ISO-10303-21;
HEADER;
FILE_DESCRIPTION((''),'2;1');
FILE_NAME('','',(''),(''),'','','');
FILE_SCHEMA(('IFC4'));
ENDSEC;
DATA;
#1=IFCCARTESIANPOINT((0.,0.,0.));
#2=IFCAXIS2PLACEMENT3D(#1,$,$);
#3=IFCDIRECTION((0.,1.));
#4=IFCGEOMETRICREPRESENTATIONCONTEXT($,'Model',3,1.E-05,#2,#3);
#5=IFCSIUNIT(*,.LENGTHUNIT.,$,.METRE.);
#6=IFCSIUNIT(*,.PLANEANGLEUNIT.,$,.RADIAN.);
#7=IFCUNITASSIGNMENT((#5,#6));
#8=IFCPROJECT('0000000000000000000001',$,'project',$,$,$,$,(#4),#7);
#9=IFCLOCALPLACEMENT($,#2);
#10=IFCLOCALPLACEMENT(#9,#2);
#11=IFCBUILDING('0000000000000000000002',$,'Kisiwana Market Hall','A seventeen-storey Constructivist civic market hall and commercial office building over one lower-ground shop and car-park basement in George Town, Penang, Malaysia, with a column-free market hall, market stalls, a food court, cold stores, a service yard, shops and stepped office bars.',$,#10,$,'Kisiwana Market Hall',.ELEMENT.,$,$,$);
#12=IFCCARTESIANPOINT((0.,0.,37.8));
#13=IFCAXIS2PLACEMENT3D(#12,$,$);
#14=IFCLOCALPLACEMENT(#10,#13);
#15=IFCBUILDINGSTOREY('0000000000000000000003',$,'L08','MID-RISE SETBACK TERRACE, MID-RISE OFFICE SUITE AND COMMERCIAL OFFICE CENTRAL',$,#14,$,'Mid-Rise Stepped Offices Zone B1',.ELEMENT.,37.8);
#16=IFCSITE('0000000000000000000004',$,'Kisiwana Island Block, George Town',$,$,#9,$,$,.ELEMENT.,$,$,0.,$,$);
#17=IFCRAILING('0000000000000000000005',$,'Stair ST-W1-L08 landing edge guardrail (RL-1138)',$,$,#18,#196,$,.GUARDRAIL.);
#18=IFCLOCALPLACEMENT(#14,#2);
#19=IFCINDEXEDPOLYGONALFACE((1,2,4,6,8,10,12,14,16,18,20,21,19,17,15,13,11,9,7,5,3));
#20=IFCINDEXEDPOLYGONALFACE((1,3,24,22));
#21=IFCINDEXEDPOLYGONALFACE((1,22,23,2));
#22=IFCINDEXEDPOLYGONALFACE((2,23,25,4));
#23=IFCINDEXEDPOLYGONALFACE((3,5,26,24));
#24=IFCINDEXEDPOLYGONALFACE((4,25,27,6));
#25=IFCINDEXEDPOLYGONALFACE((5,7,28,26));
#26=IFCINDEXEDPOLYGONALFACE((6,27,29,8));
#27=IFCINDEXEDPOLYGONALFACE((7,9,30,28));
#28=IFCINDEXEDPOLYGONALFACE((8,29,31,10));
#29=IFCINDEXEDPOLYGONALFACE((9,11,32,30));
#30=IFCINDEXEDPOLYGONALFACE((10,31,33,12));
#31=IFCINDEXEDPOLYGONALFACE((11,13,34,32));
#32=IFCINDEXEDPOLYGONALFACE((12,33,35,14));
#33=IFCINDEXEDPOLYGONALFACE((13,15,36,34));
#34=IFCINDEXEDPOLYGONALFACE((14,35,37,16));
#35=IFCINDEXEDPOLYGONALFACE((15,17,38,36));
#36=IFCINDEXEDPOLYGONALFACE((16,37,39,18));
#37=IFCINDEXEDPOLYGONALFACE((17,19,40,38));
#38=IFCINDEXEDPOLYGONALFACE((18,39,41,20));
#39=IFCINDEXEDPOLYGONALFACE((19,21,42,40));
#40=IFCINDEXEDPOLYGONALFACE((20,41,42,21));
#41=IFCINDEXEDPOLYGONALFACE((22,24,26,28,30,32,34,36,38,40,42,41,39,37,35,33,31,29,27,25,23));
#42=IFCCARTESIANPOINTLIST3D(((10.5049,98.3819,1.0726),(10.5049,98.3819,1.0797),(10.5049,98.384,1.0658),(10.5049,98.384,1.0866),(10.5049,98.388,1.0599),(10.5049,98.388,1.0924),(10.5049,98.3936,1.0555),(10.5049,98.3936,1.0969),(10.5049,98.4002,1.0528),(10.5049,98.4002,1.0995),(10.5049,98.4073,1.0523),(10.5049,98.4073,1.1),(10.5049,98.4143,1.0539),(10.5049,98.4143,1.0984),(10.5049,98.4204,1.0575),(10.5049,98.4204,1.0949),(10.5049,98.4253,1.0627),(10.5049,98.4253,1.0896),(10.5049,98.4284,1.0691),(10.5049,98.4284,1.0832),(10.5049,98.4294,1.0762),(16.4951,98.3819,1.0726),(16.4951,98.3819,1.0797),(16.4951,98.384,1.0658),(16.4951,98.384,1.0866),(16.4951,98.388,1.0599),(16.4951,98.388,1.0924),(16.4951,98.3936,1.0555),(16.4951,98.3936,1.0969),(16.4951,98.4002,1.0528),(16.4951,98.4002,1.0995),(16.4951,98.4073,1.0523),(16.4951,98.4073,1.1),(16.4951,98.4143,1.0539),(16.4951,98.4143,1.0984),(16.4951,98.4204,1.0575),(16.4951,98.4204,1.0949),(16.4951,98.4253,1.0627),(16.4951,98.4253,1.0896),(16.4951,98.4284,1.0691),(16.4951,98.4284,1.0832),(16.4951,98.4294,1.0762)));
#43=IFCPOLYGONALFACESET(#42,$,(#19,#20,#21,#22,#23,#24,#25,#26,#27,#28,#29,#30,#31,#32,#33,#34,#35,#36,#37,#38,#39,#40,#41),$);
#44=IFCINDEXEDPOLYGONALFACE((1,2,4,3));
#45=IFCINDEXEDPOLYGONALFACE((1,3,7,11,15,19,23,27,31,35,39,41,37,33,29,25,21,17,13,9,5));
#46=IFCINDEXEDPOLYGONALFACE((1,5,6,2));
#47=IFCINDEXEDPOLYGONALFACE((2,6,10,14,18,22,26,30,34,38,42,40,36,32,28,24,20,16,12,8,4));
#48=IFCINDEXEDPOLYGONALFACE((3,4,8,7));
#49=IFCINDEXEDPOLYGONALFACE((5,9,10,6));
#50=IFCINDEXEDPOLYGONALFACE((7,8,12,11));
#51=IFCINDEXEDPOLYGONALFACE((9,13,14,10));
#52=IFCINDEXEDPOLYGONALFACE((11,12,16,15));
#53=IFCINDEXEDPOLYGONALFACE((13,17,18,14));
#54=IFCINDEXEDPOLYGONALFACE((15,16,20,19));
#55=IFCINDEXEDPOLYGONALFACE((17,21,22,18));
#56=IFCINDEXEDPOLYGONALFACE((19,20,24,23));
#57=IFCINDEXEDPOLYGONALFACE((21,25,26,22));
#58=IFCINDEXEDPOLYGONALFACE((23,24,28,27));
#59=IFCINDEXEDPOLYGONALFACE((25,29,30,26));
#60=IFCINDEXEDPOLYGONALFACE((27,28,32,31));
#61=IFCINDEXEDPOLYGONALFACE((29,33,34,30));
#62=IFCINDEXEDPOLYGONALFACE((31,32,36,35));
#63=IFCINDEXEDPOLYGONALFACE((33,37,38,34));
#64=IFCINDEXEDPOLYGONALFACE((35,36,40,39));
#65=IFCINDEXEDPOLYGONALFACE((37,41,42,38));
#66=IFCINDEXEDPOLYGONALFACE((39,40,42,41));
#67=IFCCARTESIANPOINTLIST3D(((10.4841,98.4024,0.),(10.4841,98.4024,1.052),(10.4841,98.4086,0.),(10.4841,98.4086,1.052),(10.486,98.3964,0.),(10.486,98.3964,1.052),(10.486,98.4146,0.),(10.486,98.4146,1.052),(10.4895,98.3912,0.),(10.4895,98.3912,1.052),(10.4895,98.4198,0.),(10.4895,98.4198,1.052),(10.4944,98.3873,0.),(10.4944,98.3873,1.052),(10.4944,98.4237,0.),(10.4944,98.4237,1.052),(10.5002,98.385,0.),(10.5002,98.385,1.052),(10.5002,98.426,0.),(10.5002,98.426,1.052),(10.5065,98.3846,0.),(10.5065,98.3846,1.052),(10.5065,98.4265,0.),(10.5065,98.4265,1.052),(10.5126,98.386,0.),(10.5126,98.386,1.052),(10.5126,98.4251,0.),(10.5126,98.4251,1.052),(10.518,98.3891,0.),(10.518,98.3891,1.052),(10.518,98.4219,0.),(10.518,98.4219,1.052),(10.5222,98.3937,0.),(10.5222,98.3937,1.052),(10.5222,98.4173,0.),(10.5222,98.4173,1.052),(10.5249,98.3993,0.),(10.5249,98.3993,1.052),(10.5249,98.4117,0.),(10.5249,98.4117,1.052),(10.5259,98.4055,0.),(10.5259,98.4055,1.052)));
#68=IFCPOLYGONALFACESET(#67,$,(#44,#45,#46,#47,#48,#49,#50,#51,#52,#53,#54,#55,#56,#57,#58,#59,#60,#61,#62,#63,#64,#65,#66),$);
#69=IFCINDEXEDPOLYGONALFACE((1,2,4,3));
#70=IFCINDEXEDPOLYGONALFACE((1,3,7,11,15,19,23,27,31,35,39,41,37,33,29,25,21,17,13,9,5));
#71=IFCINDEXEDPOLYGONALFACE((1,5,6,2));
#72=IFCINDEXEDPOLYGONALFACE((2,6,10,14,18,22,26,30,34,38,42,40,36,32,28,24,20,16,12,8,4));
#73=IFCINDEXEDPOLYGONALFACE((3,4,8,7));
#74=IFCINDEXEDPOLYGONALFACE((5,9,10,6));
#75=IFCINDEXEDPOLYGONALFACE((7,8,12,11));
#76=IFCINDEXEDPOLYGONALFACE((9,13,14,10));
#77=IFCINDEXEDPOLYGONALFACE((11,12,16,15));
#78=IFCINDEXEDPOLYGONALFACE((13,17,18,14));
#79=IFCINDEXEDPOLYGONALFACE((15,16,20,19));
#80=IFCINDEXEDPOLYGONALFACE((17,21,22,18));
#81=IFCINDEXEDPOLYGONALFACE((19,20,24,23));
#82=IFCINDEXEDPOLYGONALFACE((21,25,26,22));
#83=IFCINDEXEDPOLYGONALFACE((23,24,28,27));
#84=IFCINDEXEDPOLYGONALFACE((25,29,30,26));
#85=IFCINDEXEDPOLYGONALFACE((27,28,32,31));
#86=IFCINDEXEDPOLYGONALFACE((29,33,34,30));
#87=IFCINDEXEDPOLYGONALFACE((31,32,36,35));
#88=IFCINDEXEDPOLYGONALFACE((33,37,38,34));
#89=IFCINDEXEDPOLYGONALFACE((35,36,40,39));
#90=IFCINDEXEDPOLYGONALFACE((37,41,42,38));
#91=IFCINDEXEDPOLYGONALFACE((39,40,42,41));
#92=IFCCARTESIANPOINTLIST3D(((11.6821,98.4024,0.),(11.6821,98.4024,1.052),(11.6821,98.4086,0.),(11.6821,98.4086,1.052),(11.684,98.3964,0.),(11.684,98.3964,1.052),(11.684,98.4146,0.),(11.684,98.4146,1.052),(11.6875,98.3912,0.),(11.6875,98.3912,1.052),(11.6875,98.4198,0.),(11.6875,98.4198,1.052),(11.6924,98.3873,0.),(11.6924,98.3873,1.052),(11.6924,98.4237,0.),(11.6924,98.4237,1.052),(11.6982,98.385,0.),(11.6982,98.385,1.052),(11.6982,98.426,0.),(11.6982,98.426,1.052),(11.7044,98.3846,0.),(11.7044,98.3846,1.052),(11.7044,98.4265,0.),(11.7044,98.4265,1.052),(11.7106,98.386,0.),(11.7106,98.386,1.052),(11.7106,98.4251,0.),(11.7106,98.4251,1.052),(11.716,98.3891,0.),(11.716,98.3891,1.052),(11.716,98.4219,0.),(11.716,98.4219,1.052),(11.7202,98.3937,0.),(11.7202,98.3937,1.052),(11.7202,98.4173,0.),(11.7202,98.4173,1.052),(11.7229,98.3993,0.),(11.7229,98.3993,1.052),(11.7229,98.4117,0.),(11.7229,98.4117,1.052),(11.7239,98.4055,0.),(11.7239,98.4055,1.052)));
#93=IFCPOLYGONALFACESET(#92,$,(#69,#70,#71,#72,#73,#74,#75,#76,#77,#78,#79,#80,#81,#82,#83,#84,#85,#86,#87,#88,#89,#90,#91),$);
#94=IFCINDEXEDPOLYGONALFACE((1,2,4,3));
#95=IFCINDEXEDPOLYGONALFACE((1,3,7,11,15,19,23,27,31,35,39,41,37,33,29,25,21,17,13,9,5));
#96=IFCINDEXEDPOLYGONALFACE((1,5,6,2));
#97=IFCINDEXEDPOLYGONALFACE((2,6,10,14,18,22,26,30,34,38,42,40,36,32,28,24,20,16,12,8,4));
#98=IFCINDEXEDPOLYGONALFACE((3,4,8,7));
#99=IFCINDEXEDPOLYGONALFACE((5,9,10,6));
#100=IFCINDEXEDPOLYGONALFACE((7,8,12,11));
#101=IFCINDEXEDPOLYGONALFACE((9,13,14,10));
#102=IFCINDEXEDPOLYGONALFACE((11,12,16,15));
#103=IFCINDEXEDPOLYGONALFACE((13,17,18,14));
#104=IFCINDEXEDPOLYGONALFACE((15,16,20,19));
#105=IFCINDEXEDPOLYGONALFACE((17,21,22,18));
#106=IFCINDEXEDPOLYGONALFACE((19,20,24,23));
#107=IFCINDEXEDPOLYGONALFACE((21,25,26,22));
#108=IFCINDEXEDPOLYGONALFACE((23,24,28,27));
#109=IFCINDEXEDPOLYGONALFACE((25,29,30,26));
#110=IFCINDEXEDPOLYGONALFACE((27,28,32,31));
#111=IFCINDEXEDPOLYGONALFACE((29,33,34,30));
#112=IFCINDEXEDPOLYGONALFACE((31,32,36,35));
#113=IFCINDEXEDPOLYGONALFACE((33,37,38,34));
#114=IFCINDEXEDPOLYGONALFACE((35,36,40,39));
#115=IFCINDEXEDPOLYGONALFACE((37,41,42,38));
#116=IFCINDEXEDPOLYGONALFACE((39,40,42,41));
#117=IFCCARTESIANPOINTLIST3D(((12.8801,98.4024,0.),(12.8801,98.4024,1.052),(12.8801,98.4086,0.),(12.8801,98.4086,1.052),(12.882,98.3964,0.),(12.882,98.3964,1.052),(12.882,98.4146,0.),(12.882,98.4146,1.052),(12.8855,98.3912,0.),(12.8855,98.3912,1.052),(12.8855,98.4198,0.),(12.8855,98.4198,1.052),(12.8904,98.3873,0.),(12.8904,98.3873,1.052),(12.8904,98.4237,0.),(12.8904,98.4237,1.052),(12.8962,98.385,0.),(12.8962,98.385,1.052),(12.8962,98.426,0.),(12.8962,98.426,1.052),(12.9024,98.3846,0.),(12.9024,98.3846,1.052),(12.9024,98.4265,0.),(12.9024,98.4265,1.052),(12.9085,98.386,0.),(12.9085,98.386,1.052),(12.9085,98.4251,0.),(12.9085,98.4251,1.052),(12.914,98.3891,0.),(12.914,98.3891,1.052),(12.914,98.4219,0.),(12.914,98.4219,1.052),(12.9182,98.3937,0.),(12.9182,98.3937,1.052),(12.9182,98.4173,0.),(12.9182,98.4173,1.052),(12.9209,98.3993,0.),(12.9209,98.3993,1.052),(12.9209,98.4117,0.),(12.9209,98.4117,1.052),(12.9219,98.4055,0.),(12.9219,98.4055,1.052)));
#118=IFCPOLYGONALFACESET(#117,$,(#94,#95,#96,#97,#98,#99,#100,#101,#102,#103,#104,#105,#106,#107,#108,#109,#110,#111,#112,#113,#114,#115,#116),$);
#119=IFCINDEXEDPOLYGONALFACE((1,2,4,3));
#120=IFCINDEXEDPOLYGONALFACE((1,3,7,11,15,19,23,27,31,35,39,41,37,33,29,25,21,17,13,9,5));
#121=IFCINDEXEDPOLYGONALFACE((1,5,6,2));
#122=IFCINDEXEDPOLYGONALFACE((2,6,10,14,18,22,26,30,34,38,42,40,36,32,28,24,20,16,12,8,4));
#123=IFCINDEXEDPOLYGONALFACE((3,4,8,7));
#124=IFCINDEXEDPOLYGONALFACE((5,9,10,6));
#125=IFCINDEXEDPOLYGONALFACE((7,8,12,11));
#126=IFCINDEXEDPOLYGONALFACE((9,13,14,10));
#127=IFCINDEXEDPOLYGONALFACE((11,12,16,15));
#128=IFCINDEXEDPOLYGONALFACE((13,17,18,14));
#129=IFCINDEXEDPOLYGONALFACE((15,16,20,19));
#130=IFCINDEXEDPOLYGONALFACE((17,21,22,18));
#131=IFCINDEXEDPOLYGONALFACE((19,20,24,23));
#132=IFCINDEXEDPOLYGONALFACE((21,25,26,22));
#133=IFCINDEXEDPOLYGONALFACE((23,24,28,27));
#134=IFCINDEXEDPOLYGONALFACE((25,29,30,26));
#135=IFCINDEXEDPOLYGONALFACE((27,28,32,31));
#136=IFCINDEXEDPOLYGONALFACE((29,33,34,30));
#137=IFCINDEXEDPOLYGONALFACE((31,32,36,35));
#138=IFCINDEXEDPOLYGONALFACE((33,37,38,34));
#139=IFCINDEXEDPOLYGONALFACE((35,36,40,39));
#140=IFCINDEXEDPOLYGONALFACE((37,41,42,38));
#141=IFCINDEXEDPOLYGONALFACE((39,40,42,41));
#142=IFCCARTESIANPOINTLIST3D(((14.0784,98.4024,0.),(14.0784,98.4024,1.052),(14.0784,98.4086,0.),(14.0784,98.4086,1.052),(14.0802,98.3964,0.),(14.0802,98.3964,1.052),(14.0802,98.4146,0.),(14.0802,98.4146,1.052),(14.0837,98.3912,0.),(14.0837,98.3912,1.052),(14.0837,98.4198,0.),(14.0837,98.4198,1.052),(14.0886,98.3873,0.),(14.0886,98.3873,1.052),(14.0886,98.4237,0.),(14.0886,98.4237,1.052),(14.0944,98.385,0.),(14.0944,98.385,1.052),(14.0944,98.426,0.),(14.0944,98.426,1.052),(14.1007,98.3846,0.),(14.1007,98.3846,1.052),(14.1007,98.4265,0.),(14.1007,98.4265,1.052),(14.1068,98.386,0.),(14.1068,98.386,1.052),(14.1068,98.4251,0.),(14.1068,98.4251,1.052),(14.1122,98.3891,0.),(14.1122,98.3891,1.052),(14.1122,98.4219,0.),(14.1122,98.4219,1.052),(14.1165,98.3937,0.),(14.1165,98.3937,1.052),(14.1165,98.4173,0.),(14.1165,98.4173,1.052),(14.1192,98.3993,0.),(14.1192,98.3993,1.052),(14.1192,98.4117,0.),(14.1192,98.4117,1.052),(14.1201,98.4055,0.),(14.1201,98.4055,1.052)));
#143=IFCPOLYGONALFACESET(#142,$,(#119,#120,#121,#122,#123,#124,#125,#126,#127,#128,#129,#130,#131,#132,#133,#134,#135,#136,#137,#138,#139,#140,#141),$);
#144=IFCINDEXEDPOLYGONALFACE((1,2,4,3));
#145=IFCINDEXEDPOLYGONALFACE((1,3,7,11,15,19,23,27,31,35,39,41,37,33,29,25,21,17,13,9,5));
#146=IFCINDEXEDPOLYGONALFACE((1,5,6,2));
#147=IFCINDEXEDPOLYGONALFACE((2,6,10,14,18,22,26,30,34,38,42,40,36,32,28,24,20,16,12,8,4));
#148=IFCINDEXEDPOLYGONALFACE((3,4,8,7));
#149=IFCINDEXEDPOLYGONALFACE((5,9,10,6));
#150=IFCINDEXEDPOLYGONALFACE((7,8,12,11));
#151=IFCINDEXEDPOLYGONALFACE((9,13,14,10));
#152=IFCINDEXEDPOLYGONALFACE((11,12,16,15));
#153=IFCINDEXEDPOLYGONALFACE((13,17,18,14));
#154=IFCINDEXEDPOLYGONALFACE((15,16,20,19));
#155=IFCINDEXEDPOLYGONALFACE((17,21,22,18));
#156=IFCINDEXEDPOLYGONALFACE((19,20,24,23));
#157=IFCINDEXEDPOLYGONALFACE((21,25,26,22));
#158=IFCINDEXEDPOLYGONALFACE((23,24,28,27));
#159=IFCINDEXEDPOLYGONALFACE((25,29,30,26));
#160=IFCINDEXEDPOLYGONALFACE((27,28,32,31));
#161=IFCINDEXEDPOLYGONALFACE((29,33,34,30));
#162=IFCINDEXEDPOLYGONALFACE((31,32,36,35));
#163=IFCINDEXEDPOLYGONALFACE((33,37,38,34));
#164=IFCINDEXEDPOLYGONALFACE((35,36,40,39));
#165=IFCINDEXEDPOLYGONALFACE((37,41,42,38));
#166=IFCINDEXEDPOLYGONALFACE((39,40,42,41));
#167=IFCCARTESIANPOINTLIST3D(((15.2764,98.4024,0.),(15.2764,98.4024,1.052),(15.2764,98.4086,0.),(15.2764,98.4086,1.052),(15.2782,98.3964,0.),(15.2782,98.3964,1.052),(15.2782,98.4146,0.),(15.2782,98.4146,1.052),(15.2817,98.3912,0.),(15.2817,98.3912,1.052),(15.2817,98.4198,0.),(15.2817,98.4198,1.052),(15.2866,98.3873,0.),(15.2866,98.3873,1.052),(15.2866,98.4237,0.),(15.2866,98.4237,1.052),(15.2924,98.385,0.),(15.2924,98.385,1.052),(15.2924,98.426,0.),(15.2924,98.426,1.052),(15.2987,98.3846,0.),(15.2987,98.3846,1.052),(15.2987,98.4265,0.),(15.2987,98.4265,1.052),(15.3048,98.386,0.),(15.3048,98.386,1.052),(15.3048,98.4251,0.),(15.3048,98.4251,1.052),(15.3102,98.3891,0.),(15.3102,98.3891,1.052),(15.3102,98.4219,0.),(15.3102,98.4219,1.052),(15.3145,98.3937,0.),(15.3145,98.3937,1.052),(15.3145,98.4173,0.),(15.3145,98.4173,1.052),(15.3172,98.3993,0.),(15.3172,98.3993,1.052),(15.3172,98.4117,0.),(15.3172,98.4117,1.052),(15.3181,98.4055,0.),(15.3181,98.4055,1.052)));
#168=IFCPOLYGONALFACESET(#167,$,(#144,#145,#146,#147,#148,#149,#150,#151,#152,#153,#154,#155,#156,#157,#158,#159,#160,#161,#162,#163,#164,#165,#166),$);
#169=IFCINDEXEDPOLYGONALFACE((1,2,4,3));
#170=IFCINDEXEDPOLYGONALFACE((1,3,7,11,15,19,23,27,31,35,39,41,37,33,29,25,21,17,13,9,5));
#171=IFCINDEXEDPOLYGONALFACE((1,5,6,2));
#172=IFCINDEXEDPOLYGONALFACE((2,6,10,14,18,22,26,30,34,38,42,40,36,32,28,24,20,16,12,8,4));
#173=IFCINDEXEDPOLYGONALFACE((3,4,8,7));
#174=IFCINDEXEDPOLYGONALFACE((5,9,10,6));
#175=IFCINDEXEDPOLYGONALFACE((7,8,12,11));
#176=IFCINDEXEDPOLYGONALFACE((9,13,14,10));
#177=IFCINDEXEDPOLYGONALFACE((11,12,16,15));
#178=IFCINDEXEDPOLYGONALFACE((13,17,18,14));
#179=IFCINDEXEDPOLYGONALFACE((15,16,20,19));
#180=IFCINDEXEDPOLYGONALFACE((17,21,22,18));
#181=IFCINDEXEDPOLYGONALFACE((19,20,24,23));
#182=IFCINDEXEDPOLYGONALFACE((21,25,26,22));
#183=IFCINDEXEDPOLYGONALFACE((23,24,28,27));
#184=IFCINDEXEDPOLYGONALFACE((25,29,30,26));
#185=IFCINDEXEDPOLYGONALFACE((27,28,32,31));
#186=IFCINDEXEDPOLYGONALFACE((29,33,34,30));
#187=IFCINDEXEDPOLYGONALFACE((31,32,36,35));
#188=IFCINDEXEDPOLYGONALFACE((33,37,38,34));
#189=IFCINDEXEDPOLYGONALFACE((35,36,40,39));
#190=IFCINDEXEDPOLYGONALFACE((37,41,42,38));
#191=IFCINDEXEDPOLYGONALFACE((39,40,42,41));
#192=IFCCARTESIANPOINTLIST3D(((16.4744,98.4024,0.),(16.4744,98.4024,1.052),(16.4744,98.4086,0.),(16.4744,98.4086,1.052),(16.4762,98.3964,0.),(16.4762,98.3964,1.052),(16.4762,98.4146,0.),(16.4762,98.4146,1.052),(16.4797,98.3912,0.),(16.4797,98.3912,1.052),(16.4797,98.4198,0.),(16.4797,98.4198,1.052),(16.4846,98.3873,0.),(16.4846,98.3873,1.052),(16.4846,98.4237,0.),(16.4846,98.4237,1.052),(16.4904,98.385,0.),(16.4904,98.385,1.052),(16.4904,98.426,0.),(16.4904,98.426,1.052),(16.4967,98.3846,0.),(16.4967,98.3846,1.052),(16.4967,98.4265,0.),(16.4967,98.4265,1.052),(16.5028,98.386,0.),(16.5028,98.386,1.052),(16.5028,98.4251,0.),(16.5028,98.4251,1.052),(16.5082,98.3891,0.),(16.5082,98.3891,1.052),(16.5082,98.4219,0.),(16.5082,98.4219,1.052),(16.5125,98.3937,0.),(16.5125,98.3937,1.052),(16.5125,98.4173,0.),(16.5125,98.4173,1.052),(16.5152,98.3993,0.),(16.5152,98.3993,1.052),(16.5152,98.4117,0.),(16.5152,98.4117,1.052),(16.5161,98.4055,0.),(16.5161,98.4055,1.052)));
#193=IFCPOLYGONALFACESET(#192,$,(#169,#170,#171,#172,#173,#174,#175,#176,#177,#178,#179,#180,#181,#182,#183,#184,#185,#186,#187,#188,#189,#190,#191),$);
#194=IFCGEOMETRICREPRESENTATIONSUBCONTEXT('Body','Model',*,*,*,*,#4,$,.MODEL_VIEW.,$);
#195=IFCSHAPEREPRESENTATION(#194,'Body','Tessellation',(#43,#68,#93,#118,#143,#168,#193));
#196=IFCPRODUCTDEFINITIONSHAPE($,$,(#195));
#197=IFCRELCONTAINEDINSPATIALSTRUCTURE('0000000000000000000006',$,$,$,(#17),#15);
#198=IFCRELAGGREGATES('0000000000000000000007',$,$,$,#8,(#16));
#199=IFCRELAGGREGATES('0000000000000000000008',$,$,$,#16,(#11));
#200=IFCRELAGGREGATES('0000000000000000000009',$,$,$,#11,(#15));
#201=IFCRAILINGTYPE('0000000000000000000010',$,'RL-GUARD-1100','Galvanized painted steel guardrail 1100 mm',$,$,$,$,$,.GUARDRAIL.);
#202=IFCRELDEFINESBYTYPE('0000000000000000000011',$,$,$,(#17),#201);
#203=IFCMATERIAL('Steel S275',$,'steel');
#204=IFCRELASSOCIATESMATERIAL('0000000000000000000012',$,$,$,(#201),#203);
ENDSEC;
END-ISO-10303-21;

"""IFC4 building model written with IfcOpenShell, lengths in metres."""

from ifc_helpers import new_model, si_unit, direction, frame, origin, origin_2d, place, context, subcontext, project, spatial, circle, extrude, material, type_object, element, save


model = new_model("IFC4")

# Units and contexts
model_context = context("Model", 3, precision=1e-05, world=origin(), true_north=direction((0.0, 1.0)))
body_context = subcontext(model_context, "Body", "Model", "MODEL_VIEW")
ifc_project = project(units=[si_unit("LENGTHUNIT", "METRE"), si_unit("PLANEANGLEUNIT", "RADIAN")], contexts=[model_context])

# Site, building, storey
site_placement = place(None, origin())
site = spatial("IfcSite", under=ifc_project, at=site_placement, Name="Kisiwana Island Block, George Town", CompositionType="ELEMENT", RefElevation=0.0)
building_placement = place(site_placement, origin())
building = spatial("IfcBuilding", under=site, at=building_placement, Name="Kisiwana Market Hall", Description="A seventeen-storey Constructivist civic market hall and commercial office building over one lower-ground shop and car-park basement in George Town, Penang, Malaysia, with a column-free market hall, market stalls, a food court, cold stores, a service yard, shops and stepped office bars.", LongName="Kisiwana Market Hall", CompositionType="ELEMENT")
storey_placement = place(building_placement, frame((0.0, 0.0, 37.8)))
storey = spatial("IfcBuildingStorey", under=building, at=storey_placement, Name="L08", Description="MID-RISE SETBACK TERRACE, MID-RISE OFFICE SUITE AND COMMERCIAL OFFICE CENTRAL", LongName="Mid-Rise Stepped Offices Zone B1", CompositionType="ELEMENT", Elevation=37.8)

# Railing
ifc_material_1 = material(Name="Steel S275", Category="steel")
railing_type = type_object("IfcRailingType", Name="RL-GUARD-1100", Description="Galvanized painted steel guardrail 1100 mm", PredefinedType="GUARDRAIL", material=ifc_material_1)
railing_placement = place(storey_placement, frame((10.5049, 98.4055, 0.0)))
element("IfcRailing", 1, at=railing_placement, inside=storey, type_object=railing_type, Name="Stair ST-W1-L08 landing edge guardrail (RL-1138)", PredefinedType="GUARDRAIL", context=body_context, shape_type="SweptSolid", body=[
    extrude(circle(Radius=0.0239, at=origin_2d()), frame((0.0, 0.0, 1.0762), z_axis=(1.0, 0.0, 0.0), x_axis=(0.0, 1.0, 0.0)), (0.0, 0.0, 1.0), 5.9902),
    extrude(circle(Radius=0.021, at=origin_2d()), origin(), (0.0, 0.0, 1.0), 1.052),
    extrude(circle(Radius=0.021, at=origin_2d()), frame((1.198, 0.0, 0.0)), (0.0, 0.0, 1.0), 1.052),
    extrude(circle(Radius=0.021, at=origin_2d()), frame((2.396, 0.0, 0.0)), (0.0, 0.0, 1.0), 1.052),
    extrude(circle(Radius=0.021, at=origin_2d()), frame((3.5942, 0.0, 0.0)), (0.0, 0.0, 1.0), 1.052),
    extrude(circle(Radius=0.021, at=origin_2d()), frame((4.7922, 0.0, 0.0)), (0.0, 0.0, 1.0), 1.052),
    extrude(circle(Radius=0.021, at=origin_2d()), frame((5.9902, 0.0, 0.0)), (0.0, 0.0, 1.0), 1.052),
])

save(model, "model.ifc")
